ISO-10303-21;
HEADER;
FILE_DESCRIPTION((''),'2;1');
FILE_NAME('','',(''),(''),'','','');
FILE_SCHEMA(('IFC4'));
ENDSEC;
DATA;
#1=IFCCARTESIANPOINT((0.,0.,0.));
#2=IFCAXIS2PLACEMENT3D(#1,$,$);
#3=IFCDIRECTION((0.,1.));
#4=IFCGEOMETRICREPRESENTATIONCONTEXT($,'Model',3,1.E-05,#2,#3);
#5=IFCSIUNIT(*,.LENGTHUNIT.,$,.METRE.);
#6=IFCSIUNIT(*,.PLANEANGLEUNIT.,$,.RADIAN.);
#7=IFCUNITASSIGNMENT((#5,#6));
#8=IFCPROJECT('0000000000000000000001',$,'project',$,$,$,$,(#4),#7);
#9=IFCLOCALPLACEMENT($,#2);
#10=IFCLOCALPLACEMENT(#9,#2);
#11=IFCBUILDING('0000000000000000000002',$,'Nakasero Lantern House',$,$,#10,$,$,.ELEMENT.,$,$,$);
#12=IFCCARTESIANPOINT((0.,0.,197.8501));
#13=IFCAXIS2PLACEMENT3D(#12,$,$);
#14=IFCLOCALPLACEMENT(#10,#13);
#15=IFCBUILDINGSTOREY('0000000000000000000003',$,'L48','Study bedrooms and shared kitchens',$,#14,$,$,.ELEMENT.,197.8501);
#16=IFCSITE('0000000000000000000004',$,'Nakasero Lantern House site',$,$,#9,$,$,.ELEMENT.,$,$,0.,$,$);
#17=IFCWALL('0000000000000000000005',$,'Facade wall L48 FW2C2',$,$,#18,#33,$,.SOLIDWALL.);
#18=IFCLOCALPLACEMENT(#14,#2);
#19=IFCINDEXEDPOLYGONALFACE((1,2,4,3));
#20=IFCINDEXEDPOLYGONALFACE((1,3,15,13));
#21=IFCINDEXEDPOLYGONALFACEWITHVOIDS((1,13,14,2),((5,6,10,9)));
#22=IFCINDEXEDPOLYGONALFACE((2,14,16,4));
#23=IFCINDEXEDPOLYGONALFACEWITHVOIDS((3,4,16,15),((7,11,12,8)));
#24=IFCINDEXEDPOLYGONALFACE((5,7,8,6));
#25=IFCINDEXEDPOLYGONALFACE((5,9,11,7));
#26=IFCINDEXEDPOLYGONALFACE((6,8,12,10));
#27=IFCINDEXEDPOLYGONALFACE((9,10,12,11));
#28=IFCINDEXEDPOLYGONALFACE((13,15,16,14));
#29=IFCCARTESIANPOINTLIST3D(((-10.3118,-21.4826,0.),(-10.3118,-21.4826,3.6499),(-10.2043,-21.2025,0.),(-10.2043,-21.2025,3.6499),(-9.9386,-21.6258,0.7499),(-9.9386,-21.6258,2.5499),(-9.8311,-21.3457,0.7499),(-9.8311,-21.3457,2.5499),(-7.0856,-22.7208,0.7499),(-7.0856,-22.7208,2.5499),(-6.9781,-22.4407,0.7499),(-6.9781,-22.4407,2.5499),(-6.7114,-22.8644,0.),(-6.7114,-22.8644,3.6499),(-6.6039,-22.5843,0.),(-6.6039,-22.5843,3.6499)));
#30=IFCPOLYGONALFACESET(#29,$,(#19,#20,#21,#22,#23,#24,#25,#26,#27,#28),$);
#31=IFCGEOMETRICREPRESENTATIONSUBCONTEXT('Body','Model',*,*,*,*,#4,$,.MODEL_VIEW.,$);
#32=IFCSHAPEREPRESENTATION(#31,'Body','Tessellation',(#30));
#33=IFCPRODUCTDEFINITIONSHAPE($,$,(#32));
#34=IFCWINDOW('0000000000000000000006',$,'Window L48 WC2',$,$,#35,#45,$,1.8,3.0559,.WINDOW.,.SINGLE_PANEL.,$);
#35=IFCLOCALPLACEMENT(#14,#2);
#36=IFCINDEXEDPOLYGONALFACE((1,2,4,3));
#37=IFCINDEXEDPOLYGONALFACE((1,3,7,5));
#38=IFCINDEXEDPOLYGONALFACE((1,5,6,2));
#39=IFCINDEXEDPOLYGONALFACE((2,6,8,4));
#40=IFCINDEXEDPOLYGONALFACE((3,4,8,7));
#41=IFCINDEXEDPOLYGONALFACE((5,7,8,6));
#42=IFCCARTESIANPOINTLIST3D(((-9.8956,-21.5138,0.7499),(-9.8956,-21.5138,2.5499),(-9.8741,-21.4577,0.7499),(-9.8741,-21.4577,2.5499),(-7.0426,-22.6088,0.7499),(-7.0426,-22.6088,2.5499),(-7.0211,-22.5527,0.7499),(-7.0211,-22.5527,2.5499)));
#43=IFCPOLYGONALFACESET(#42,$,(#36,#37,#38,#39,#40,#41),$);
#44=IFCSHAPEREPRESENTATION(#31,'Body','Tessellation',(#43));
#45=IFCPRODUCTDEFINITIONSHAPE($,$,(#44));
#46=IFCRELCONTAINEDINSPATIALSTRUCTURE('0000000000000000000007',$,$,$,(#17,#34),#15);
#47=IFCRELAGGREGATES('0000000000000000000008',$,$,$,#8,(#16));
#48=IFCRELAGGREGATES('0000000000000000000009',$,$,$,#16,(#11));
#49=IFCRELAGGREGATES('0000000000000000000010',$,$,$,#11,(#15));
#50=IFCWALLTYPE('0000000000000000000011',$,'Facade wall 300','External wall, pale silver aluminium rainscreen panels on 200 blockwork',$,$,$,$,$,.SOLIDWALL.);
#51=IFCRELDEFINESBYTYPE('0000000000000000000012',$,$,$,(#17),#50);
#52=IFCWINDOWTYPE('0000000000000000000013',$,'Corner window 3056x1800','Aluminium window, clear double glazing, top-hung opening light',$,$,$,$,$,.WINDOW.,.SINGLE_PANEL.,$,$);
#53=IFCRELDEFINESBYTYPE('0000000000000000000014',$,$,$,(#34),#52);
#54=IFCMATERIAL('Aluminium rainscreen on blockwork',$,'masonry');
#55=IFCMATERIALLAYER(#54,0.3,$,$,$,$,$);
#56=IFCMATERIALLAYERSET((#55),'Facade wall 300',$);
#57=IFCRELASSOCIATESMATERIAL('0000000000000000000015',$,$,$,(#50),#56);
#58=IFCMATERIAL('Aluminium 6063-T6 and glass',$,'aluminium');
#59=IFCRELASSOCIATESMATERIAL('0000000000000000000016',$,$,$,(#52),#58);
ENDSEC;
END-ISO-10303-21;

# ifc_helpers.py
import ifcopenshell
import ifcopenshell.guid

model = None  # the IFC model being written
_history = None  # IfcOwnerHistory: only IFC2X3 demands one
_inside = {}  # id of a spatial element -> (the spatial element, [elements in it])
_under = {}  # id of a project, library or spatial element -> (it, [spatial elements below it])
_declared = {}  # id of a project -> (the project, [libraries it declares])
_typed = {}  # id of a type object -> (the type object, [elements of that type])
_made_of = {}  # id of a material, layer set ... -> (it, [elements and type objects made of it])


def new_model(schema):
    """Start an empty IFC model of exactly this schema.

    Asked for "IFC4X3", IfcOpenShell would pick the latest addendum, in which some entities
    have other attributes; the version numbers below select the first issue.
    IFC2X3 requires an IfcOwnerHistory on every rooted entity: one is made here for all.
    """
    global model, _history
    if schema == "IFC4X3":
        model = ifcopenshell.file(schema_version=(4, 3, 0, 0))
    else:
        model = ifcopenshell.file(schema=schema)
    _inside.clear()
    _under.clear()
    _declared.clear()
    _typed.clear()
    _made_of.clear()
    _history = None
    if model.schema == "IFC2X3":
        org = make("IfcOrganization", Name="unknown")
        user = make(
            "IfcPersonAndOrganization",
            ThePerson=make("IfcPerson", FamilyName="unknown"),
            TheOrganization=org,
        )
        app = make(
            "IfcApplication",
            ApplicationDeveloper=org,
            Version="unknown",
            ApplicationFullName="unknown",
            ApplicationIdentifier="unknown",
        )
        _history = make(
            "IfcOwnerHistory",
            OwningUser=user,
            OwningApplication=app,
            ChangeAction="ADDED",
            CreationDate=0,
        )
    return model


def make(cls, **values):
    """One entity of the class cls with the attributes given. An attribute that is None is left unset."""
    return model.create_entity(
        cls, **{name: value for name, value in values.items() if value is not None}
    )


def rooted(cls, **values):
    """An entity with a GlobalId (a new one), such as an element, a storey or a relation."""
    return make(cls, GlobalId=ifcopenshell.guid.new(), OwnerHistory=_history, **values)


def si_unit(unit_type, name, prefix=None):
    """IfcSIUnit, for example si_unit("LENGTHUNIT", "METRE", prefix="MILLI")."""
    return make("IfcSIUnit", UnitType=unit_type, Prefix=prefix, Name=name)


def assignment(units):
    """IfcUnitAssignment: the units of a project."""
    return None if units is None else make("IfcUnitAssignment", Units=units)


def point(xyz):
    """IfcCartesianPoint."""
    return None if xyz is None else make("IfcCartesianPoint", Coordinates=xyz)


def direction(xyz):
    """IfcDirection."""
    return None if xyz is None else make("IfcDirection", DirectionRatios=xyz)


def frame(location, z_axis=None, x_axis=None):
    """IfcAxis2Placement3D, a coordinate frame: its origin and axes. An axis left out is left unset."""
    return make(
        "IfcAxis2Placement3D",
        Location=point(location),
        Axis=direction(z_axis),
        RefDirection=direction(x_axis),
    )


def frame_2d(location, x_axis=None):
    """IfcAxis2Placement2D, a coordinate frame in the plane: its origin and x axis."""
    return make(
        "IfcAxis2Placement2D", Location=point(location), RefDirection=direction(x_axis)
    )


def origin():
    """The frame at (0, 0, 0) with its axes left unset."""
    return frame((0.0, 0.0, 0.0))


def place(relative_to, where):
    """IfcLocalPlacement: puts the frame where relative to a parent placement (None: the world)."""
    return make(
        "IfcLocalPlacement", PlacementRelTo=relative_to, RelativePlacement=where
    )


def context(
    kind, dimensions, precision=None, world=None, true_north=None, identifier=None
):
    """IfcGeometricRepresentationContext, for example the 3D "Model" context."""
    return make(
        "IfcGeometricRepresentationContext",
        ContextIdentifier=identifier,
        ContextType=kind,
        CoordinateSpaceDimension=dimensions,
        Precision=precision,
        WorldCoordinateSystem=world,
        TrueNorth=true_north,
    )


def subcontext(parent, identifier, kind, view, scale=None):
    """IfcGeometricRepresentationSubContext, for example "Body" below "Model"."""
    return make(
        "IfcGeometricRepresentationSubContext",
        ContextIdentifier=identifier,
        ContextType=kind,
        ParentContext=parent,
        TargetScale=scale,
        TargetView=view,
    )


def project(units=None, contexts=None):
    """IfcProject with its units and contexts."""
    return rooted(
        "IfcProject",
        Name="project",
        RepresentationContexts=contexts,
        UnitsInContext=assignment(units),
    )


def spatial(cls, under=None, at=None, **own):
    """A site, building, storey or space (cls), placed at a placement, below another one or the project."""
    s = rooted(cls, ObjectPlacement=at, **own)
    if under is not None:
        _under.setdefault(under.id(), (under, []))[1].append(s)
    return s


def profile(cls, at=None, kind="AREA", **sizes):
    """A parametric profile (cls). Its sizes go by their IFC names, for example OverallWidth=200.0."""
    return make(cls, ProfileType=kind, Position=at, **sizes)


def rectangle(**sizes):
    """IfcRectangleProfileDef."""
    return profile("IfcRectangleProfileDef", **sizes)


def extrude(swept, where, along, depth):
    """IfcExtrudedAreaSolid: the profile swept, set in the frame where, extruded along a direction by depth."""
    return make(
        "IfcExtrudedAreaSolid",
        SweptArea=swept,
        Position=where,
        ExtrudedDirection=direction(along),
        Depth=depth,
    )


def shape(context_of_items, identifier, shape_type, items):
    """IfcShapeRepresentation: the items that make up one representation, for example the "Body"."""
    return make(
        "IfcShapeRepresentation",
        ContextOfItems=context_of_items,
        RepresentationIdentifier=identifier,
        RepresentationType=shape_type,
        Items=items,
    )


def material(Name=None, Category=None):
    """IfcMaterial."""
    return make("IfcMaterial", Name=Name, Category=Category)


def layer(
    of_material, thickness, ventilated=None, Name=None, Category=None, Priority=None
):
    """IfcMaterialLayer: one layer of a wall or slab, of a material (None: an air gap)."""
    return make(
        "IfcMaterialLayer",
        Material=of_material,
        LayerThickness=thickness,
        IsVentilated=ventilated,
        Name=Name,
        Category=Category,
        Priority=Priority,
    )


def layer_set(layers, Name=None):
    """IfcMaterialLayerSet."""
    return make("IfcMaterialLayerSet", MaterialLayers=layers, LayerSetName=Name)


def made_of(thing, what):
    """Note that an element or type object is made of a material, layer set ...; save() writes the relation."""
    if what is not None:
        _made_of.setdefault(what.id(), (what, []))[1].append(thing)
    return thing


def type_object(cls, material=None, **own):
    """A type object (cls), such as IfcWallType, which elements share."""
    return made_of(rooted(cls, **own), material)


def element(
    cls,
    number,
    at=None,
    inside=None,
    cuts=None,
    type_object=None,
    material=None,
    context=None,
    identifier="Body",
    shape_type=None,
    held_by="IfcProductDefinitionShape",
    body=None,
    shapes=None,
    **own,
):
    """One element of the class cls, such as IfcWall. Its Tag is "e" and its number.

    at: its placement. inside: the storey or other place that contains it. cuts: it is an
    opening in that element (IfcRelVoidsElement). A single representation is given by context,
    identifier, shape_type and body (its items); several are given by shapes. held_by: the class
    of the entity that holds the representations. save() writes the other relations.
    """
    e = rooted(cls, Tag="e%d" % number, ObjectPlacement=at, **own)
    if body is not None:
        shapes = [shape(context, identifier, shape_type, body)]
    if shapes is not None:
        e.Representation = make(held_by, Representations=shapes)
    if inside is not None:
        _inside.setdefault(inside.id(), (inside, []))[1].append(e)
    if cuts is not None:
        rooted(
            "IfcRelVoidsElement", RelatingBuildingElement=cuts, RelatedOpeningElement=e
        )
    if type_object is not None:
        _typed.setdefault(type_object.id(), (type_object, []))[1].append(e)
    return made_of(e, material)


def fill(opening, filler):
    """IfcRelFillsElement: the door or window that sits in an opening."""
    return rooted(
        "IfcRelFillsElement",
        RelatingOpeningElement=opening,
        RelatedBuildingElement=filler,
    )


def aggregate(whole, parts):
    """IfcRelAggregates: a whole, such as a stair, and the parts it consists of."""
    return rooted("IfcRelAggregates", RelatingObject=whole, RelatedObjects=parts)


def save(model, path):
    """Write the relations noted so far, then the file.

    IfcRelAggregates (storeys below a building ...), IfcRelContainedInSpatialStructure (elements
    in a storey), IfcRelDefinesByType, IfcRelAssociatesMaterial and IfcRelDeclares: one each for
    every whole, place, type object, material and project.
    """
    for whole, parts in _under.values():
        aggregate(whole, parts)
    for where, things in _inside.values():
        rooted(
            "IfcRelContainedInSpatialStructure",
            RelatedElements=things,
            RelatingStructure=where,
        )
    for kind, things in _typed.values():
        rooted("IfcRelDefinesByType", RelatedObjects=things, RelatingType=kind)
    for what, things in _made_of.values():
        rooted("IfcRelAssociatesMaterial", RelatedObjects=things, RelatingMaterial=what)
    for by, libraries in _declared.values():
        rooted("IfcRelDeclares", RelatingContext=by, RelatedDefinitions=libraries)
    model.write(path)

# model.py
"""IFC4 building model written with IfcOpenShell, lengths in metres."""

from ifc_helpers import new_model, si_unit, direction, frame, frame_2d, origin, place, context, subcontext, project, spatial, rectangle, extrude, material, layer, layer_set, type_object, element, fill, save


model = new_model("IFC4")

# Units and contexts
model_context = context("Model", 3, precision=1e-05, world=origin(), true_north=direction((0.0, 1.0)))
body_context = subcontext(model_context, "Body", "Model", "MODEL_VIEW")
ifc_project = project(units=[si_unit("LENGTHUNIT", "METRE"), si_unit("PLANEANGLEUNIT", "RADIAN")], contexts=[model_context])

# Site, building, storey
site_placement = place(None, origin())
site = spatial("IfcSite", under=ifc_project, at=site_placement, Name="Nakasero Lantern House site", CompositionType="ELEMENT", RefElevation=0.0)
building_placement = place(site_placement, origin())
building = spatial("IfcBuilding", under=site, at=building_placement, Name="Nakasero Lantern House", CompositionType="ELEMENT")
storey_placement = place(building_placement, frame((0.0, 0.0, 197.8501)))
storey = spatial("IfcBuildingStorey", under=building, at=storey_placement, Name="L48", Description="Study bedrooms and shared kitchens", CompositionType="ELEMENT", Elevation=197.8501)

# Shared definitions
ifc_material_1 = material(Name="Aluminium rainscreen on blockwork", Category="masonry")
ifc_layer_1 = layer(ifc_material_1, 0.3)
ifc_layer_set_1 = layer_set([ifc_layer_1], Name="Facade wall 300")
wall_type_1 = type_object("IfcWallType", Name="Facade wall 300", Description="External wall, pale silver aluminium rainscreen panels on 200 blockwork", PredefinedType="SOLIDWALL", material=ifc_layer_set_1)

# Wall, opening, window
wall_1_placement = place(storey_placement, frame((-10.2581, -21.3425, 0.0), z_axis=(0.0, 0.0, 1.0), x_axis=(0.933598, -0.358321, 0.0)))
wall_1 = element("IfcWall", 1, at=wall_1_placement, inside=storey, type_object=wall_type_1, Name="Facade wall L48 FW2C2", PredefinedType="SOLIDWALL", context=body_context, shape_type="SweptSolid", body=[
    extrude(rectangle(XDim=3.8564, YDim=0.3, at=frame_2d((1.9282, 0.0))), origin(), (0.0, 0.0, 1.0), 3.6499),
])
opening_1_placement = place(wall_1_placement, frame((0.3999, 0.0, 0.75)))
opening_1 = element("IfcOpeningElement", 2, at=opening_1_placement, cuts=wall_1, PredefinedType="OPENING", context=body_context, shape_type="SweptSolid", body=[
    extrude(rectangle(XDim=3.0559, YDim=1.8, at=frame_2d((1.5278, 0.8999))), frame((0.0, 0.1699, 0.0), z_axis=(0.0, -1.0, 0.0), x_axis=(1.0, 0.0, 0.0)), (0.0, 0.0, 1.0), 0.3401),
])
ifc_material_2 = material(Name="Aluminium 6063-T6 and glass", Category="aluminium")
window_type = type_object("IfcWindowType", Name="Corner window 3056x1800", Description="Aluminium window, clear double glazing, top-hung opening light", PartitioningType="SINGLE_PANEL", PredefinedType="WINDOW", material=ifc_material_2)
window_placement = place(opening_1_placement, origin())
window = element("IfcWindow", 3, at=window_placement, inside=storey, type_object=window_type, Name="Window L48 WC2", OverallHeight=1.8, OverallWidth=3.0559, PartitioningType="SINGLE_PANEL", PredefinedType="WINDOW", context=body_context, shape_type="SweptSolid", body=[
    extrude(rectangle(XDim=3.0559, YDim=1.8, at=frame_2d((1.5278, 0.8999))), frame((0.0, 0.03, 0.0), z_axis=(0.0, -1.0, 0.0), x_axis=(1.0, 0.0, 0.0)), (0.0, 0.0, 1.0), 0.0601),
])
fill(opening_1, window)

save(model, "model.ifc")
